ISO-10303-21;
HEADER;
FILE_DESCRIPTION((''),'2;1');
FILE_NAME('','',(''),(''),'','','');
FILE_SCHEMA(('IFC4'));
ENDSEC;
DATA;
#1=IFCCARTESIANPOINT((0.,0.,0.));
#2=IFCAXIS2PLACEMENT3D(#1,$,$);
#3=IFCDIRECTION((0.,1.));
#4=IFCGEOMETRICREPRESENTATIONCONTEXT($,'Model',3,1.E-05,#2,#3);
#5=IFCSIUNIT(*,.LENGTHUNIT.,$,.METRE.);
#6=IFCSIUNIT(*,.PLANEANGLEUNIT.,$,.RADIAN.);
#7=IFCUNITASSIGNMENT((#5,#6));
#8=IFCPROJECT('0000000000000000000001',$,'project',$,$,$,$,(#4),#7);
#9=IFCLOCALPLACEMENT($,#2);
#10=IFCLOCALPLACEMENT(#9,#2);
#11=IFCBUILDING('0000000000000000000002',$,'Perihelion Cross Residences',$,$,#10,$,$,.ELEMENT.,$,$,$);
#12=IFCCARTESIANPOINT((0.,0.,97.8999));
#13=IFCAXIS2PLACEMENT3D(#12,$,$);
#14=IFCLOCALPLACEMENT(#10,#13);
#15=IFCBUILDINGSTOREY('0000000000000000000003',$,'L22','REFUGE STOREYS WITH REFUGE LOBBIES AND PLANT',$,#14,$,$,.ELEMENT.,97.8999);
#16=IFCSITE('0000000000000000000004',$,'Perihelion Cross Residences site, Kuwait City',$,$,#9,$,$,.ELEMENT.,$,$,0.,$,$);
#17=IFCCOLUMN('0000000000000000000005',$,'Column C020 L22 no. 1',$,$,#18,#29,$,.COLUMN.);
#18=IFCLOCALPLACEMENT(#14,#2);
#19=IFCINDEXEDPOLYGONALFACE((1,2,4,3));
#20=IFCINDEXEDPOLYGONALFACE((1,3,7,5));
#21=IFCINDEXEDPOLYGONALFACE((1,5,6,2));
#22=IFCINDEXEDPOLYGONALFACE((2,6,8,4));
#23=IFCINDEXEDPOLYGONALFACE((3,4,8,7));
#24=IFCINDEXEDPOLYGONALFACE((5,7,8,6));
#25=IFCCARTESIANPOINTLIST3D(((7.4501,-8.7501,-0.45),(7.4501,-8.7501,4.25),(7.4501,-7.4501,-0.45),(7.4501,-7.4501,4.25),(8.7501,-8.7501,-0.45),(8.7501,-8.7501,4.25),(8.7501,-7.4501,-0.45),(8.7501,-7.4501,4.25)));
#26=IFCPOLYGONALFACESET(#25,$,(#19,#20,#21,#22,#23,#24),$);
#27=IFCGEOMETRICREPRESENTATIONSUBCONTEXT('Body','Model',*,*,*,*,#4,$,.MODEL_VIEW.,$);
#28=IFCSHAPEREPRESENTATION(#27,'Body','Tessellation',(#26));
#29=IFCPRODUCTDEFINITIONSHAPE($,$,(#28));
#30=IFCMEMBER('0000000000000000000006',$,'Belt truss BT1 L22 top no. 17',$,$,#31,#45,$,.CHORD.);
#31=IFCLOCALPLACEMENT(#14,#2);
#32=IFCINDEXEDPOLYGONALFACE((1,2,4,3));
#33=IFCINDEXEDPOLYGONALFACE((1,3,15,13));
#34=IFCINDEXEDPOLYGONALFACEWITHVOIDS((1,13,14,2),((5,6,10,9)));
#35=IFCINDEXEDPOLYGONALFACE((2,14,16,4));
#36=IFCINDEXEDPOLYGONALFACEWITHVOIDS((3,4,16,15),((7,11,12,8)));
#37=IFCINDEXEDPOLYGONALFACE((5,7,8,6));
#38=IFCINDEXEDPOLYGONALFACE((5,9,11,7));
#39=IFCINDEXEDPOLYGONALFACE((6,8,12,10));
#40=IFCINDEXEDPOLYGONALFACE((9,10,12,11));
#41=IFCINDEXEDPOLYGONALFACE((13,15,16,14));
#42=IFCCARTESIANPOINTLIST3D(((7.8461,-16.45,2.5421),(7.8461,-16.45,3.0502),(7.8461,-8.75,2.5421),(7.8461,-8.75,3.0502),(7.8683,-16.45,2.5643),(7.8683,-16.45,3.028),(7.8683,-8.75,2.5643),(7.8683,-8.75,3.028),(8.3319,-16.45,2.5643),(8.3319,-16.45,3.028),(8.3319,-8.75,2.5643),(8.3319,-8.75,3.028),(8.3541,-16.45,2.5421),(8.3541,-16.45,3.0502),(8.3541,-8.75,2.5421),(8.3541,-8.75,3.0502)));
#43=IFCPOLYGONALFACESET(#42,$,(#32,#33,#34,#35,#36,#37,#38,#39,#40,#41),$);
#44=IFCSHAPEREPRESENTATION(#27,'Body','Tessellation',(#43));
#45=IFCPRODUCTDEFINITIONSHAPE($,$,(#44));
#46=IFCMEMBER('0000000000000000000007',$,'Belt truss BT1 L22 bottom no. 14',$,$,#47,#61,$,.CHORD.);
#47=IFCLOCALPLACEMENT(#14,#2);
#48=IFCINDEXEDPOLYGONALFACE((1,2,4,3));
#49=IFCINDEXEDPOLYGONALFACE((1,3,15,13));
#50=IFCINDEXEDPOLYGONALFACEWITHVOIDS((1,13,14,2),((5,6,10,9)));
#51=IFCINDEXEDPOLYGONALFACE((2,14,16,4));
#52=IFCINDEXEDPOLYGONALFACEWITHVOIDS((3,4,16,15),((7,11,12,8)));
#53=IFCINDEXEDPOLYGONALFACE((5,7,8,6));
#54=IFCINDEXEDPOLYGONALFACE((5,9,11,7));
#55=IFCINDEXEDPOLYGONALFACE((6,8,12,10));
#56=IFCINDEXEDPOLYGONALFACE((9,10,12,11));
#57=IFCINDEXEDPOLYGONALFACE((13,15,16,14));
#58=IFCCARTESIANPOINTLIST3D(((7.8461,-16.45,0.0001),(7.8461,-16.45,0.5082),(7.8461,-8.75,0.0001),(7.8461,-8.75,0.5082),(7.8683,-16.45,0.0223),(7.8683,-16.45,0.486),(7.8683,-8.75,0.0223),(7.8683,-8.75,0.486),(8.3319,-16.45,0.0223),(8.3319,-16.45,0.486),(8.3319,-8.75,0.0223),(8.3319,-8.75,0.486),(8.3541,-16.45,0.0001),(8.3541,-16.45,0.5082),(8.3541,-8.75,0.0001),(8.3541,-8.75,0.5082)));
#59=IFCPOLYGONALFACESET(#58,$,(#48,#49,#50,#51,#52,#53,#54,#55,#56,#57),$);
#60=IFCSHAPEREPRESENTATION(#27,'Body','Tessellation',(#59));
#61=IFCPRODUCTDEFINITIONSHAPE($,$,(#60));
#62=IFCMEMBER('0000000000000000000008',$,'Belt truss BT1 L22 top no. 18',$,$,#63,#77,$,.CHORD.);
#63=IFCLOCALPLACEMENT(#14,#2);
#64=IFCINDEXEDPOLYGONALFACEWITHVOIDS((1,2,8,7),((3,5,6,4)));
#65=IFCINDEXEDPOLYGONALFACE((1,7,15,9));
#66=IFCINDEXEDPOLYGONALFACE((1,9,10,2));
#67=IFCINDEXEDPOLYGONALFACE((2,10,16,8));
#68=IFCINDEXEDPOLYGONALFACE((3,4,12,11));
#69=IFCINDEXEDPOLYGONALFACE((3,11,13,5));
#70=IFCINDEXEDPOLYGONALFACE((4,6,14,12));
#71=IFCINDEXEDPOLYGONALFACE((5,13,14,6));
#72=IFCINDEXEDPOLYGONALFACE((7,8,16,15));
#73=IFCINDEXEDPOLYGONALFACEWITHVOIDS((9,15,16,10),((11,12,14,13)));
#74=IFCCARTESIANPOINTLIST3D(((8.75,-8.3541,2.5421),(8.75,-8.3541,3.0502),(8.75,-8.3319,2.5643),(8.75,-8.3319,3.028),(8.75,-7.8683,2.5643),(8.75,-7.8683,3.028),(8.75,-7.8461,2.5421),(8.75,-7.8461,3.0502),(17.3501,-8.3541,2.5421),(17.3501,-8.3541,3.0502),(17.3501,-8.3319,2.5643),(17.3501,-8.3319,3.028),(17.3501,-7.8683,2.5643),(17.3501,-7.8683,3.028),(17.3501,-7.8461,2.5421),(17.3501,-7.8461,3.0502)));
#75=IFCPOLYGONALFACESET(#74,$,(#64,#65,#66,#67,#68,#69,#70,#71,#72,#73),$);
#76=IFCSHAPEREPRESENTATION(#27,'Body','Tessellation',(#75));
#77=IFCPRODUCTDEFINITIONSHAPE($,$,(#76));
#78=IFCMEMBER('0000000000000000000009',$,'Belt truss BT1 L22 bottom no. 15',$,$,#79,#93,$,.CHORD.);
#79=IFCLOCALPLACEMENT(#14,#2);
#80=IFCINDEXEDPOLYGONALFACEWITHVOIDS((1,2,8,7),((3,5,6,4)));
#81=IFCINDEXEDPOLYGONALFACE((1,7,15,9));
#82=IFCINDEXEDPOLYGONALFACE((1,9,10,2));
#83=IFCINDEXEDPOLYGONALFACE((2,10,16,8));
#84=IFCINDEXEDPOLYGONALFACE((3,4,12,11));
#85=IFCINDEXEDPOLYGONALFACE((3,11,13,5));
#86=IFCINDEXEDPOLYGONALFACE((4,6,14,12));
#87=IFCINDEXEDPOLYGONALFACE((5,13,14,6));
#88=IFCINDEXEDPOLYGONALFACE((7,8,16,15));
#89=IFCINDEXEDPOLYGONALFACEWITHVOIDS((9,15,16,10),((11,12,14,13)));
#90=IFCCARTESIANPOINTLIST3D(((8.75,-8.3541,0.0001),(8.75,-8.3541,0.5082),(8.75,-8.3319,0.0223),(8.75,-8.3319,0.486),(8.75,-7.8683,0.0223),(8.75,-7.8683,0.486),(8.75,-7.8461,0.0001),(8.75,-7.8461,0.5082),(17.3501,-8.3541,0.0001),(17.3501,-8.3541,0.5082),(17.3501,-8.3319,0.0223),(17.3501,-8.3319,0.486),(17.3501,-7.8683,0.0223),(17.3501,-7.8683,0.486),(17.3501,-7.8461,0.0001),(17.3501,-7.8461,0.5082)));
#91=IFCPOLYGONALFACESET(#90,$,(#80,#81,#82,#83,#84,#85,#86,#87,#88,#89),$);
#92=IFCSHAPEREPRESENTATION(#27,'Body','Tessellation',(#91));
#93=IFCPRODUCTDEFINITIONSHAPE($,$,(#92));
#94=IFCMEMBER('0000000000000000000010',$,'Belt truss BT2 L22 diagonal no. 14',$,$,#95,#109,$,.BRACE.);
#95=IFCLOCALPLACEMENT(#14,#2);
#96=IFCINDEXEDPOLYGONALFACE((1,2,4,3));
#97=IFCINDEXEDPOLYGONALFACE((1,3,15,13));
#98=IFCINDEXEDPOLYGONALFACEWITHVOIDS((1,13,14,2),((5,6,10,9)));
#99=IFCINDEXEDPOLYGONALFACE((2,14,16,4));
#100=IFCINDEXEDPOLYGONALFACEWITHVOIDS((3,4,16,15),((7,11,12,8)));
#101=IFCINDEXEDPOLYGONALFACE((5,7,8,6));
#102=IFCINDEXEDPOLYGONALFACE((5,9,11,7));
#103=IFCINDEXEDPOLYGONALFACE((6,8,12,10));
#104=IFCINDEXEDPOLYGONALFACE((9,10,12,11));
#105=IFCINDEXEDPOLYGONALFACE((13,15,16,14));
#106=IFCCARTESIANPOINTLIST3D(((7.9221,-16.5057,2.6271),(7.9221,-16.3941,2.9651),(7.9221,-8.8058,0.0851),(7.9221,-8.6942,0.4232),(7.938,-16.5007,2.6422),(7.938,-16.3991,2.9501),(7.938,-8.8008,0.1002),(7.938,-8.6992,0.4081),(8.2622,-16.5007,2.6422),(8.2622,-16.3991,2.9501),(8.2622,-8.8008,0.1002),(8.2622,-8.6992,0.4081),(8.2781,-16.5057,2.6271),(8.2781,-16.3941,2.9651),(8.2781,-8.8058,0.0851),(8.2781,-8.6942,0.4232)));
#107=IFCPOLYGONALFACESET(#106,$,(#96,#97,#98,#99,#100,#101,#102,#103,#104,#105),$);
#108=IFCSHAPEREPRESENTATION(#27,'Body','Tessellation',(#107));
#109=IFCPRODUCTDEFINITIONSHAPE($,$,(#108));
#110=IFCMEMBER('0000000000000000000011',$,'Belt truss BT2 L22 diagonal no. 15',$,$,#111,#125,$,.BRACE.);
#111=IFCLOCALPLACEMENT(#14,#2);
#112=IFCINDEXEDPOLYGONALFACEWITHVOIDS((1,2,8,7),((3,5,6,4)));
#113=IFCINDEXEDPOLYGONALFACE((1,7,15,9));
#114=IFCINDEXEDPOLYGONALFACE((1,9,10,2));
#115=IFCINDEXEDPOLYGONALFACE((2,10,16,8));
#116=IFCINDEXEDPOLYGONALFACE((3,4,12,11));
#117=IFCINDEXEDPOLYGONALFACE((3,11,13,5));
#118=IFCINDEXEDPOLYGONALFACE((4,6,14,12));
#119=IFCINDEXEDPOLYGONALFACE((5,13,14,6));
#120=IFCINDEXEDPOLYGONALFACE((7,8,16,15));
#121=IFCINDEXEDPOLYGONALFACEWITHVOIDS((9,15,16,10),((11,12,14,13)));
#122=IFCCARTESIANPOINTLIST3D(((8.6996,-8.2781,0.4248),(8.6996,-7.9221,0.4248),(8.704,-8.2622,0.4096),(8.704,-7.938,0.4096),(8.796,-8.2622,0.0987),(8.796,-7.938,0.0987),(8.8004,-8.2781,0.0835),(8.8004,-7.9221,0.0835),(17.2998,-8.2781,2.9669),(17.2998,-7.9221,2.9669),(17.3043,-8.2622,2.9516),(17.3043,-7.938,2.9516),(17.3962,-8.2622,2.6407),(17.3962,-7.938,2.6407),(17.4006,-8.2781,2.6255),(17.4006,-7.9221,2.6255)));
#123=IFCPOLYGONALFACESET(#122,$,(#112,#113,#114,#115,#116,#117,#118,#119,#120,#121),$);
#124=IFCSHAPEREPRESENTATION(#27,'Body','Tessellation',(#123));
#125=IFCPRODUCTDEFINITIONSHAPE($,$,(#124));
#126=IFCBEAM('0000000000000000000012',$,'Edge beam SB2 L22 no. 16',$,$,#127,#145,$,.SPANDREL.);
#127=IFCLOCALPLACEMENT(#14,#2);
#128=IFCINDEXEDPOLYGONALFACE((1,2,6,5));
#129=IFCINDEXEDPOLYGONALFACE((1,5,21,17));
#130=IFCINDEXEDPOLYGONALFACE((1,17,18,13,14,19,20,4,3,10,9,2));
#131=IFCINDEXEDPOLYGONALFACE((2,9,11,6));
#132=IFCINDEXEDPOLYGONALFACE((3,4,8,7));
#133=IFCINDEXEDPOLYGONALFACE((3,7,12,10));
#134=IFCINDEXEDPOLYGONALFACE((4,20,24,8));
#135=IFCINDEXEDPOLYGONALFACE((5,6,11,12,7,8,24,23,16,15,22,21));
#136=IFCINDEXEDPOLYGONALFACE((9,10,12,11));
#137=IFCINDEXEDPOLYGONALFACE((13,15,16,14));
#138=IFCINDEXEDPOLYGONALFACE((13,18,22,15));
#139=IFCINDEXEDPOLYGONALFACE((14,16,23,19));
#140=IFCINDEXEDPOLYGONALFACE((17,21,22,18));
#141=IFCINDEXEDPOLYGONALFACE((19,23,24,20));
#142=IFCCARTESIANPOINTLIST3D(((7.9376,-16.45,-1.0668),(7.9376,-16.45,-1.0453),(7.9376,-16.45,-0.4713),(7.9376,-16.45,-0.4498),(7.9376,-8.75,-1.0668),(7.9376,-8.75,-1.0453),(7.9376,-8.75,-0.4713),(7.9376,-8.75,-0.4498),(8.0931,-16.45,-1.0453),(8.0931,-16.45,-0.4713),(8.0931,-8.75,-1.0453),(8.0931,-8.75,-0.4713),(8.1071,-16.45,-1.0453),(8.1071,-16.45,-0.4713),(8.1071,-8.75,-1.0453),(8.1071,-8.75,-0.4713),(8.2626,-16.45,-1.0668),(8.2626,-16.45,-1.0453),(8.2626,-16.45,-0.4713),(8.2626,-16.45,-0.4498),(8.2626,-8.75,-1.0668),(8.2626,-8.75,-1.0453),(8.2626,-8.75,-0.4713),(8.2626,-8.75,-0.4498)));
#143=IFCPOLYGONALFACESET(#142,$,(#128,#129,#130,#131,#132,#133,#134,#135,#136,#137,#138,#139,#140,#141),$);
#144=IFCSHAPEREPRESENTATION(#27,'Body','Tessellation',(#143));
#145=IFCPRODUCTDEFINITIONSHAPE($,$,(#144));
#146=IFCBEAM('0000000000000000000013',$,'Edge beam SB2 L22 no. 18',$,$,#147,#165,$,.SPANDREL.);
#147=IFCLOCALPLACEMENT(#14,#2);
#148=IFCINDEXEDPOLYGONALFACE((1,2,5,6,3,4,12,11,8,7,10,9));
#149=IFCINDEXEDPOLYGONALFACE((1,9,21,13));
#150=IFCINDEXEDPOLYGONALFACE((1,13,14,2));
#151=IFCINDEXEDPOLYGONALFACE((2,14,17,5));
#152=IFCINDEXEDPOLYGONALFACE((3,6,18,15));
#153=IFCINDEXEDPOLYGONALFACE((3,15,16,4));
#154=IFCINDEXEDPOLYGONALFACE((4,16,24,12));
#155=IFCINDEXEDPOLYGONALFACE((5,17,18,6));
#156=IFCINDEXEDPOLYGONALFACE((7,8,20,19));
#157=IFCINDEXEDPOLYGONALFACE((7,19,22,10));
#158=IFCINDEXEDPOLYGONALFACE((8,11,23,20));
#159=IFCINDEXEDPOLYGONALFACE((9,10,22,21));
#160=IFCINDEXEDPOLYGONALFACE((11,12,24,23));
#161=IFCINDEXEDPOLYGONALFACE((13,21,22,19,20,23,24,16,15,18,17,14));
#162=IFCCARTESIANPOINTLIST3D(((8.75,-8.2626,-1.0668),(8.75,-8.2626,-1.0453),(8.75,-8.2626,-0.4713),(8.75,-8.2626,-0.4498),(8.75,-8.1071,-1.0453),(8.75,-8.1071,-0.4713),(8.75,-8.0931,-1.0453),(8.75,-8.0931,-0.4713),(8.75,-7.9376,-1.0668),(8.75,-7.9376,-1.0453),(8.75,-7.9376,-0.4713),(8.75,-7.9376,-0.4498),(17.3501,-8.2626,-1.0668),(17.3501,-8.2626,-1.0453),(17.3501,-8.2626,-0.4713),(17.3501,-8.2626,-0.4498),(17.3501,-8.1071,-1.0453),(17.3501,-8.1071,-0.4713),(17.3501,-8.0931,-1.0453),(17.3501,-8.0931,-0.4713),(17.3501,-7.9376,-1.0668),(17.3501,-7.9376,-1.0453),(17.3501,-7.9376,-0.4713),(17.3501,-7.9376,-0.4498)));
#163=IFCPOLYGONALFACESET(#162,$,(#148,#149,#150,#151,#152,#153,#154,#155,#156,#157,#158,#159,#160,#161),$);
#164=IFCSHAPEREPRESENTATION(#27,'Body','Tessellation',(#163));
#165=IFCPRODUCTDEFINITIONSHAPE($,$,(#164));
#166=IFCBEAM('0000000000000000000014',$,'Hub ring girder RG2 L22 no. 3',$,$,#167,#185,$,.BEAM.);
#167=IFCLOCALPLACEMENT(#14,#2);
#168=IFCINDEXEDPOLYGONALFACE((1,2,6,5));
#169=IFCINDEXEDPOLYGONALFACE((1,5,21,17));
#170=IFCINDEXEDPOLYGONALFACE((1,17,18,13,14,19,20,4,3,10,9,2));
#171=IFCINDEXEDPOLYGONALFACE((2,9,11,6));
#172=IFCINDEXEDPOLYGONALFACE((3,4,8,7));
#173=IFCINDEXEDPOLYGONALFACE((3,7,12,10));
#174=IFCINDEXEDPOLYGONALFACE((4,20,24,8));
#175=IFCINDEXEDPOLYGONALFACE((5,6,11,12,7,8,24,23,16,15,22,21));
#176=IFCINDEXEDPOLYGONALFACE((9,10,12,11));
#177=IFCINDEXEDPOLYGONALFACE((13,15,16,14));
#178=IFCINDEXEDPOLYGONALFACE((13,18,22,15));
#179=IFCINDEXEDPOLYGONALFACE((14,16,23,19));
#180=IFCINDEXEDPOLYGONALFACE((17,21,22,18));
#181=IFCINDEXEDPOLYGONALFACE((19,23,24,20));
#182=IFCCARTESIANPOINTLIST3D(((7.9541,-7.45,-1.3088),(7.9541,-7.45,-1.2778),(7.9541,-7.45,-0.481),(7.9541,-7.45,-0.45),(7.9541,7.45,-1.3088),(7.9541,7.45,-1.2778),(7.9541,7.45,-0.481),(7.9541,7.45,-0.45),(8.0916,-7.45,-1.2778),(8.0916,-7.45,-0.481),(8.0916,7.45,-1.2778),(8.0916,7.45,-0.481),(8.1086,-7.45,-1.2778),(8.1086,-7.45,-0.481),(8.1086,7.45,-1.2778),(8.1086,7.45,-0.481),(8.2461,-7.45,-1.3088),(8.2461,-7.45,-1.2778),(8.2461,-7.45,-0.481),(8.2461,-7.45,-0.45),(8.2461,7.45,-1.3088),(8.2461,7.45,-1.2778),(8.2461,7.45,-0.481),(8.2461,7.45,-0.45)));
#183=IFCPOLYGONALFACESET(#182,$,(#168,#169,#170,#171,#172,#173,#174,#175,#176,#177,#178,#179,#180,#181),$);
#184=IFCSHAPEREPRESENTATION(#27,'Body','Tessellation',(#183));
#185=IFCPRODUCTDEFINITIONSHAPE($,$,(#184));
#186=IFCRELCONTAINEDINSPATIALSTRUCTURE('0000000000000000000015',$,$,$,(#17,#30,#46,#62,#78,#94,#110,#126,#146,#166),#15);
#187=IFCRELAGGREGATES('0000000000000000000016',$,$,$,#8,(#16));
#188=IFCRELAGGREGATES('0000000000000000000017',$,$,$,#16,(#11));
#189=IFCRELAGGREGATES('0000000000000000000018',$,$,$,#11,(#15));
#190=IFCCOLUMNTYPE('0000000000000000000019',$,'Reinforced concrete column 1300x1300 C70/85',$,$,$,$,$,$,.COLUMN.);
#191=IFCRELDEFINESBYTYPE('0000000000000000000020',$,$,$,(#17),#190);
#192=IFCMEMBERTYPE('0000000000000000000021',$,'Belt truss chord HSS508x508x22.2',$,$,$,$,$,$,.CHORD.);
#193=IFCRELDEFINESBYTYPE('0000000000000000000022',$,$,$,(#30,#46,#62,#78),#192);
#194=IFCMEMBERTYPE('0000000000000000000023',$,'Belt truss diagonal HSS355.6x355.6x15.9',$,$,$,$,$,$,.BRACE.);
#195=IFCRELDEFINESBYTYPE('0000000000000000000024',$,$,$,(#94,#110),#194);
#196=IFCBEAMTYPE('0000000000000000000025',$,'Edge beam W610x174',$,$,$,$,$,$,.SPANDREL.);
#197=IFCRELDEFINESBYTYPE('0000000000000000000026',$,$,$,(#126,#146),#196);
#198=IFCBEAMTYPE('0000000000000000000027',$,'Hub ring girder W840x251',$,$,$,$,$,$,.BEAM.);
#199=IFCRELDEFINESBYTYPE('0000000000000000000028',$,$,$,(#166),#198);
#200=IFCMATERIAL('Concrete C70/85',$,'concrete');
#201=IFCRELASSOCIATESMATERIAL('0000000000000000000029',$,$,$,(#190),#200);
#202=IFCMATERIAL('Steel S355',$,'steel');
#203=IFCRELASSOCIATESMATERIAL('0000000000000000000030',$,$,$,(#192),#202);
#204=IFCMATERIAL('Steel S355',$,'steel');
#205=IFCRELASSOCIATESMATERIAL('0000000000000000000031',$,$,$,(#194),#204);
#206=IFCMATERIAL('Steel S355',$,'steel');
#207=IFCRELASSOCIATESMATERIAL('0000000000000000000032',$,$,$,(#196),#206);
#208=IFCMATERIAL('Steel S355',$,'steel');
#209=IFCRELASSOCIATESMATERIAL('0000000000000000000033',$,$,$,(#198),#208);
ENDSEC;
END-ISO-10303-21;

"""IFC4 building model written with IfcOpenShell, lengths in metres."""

from ifc_helpers import new_model, si_unit, direction, frame, origin, origin_2d, place, context, subcontext, project, spatial, rectangle, hollow_rectangle, i_section, extrude, material, material_profile, profile_set, type_object, element, save


model = new_model("IFC4")

# Units and contexts
model_context = context("Model", 3, precision=1e-05, world=origin(), true_north=direction((0.0, 1.0)))
body_context = subcontext(model_context, "Body", "Model", "MODEL_VIEW")
ifc_project = project(units=[si_unit("LENGTHUNIT", "METRE"), si_unit("PLANEANGLEUNIT", "RADIAN")], contexts=[model_context])

# Site, building, storey
site_placement = place(None, origin())
site = spatial("IfcSite", under=ifc_project, at=site_placement, Name="Perihelion Cross Residences site, Kuwait City", CompositionType="ELEMENT", RefElevation=0.0)
building_placement = place(site_placement, origin())
building = spatial("IfcBuilding", under=site, at=building_placement, Name="Perihelion Cross Residences", CompositionType="ELEMENT")
storey_placement = place(building_placement, frame((0.0, 0.0, 97.8999)))
storey = spatial("IfcBuildingStorey", under=building, at=storey_placement, Name="L22", Description="REFUGE STOREYS WITH REFUGE LOBBIES AND PLANT", CompositionType="ELEMENT", Elevation=97.8999)

# Column
ifc_material_1 = material(Name="Concrete C70/85", Category="concrete")
ifc_material_profile_1 = material_profile(ifc_material_1, rectangle(XDim=1.3, YDim=1.3, at=origin_2d()), Name="RC 1300x1300")
ifc_profile_set_1 = profile_set([ifc_material_profile_1], Name="Concrete C70/85")
column_type = type_object("IfcColumnType", Name="Reinforced concrete column 1300x1300 C70/85", PredefinedType="COLUMN", material=ifc_profile_set_1)
column_placement = place(storey_placement, frame((8.1001, -8.1001, -0.45), z_axis=(0.0, 0.0, 1.0), x_axis=(1.0, 0.0, 0.0)))
element("IfcColumn", 1, at=column_placement, inside=storey, type_object=column_type, Name="Column C020 L22 no. 1", PredefinedType="COLUMN", context=body_context, shape_type="SweptSolid", body=[
    extrude(rectangle(XDim=1.3, YDim=1.3, at=origin_2d()), origin(), (0.0, 0.0, 1.0), 4.7),
])

# Members
ifc_material_2 = material(Name="Steel S355", Category="steel")
ifc_material_profile_2 = material_profile(ifc_material_2, hollow_rectangle(XDim=0.5081, YDim=0.5081, WallThickness=0.0222, at=origin_2d()), Name="HSS508x508x22.2")
ifc_profile_set_2 = profile_set([ifc_material_profile_2], Name="Steel S355")
member_type_1 = type_object("IfcMemberType", Name="Belt truss chord HSS508x508x22.2", PredefinedType="CHORD", material=ifc_profile_set_2)
for number, where, z_axis, x_axis, name in (
    (2, (8.1001, -16.45, 2.7961), (0.0, 1.0, 0.0), (-1.0, 0.0, 0.0), "Belt truss BT1 L22 top no. 17"),
    (3, (8.1001, -16.45, 0.2542), (0.0, 1.0, 0.0), (-1.0, 0.0, 0.0), "Belt truss BT1 L22 bottom no. 14"),
):
    element("IfcMember", number, at=place(storey_placement, frame(where, z_axis=z_axis, x_axis=x_axis)), inside=storey, type_object=member_type_1, Name=name, PredefinedType="CHORD", context=body_context, shape_type="SweptSolid", body=[
        extrude(hollow_rectangle(XDim=0.5081, YDim=0.5081, WallThickness=0.0222, at=origin_2d()), origin(), (0.0, 0.0, 1.0), 7.7),
    ])
for number, where, z_axis, x_axis, name in (
    (4, (8.75, -8.1001, 2.7961), (1.0, 0.0, 0.0), (0.0, 1.0, 0.0), "Belt truss BT1 L22 top no. 18"),
    (5, (8.75, -8.1001, 0.2542), (1.0, 0.0, 0.0), (0.0, 1.0, 0.0), "Belt truss BT1 L22 bottom no. 15"),
):
    element("IfcMember", number, at=place(storey_placement, frame(where, z_axis=z_axis, x_axis=x_axis)), inside=storey, type_object=member_type_1, Name=name, PredefinedType="CHORD", context=body_context, shape_type="SweptSolid", body=[
        extrude(hollow_rectangle(XDim=0.5081, YDim=0.5081, WallThickness=0.0222, at=origin_2d()), origin(), (0.0, 0.0, 1.0), 8.6001),
    ])
ifc_material_3 = material(Name="Steel S355", Category="steel")
ifc_material_profile_3 = material_profile(ifc_material_3, hollow_rectangle(XDim=0.356, YDim=0.356, WallThickness=0.0159, at=origin_2d()), Name="HSS355.6x355.6x15.9")
ifc_profile_set_3 = profile_set([ifc_material_profile_3], Name="Steel S355")
member_type_2 = type_object("IfcMemberType", Name="Belt truss diagonal HSS355.6x355.6x15.9", PredefinedType="BRACE", material=ifc_profile_set_3)
member_1_placement = place(storey_placement, frame((8.1001, -8.75, 0.2542), z_axis=(0.0, -0.949592, 0.31349), x_axis=(1.0, 0.0, 0.0)))
element("IfcMember", 6, at=member_1_placement, inside=storey, type_object=member_type_2, Name="Belt truss BT2 L22 diagonal no. 14", PredefinedType="BRACE", context=body_context, shape_type="SweptSolid", body=[
    extrude(hollow_rectangle(XDim=0.356, YDim=0.356, WallThickness=0.0159, at=origin_2d()), origin(), (0.0, 0.0, 1.0), 8.1086),
])
member_2_placement = place(storey_placement, frame((8.75, -8.1001, 0.2542), z_axis=(0.958986, 0.0, 0.283454), x_axis=(0.0, 1.0, 0.0)))
element("IfcMember", 7, at=member_2_placement, inside=storey, type_object=member_type_2, Name="Belt truss BT2 L22 diagonal no. 15", PredefinedType="BRACE", context=body_context, shape_type="SweptSolid", body=[
    extrude(hollow_rectangle(XDim=0.356, YDim=0.356, WallThickness=0.0159, at=origin_2d()), origin(), (0.0, 0.0, 1.0), 8.968),
])

# Beams
ifc_material_4 = material(Name="Steel S355", Category="steel")
ifc_material_profile_4 = material_profile(ifc_material_4, i_section(OverallWidth=0.325, OverallDepth=0.6169, WebThickness=0.0139, FlangeThickness=0.0215, at=origin_2d()), Name="W610x174")
ifc_profile_set_4 = profile_set([ifc_material_profile_4], Name="Steel S355")
beam_type_1 = type_object("IfcBeamType", Name="Edge beam W610x174", PredefinedType="SPANDREL", material=ifc_profile_set_4)
beam_1_placement = place(storey_placement, frame((8.1001, -16.45, -0.7583), z_axis=(0.0, 1.0, 0.0), x_axis=(-1.0, 0.0, 0.0)))
element("IfcBeam", 8, at=beam_1_placement, inside=storey, type_object=beam_type_1, Name="Edge beam SB2 L22 no. 16", PredefinedType="SPANDREL", context=body_context, shape_type="SweptSolid", body=[
    extrude(i_section(OverallWidth=0.325, OverallDepth=0.6169, WebThickness=0.0139, FlangeThickness=0.0215, at=origin_2d()), origin(), (0.0, 0.0, 1.0), 7.7),
])
beam_2_placement = place(storey_placement, frame((8.75, -8.1001, -0.7583), z_axis=(1.0, 0.0, 0.0), x_axis=(0.0, 1.0, 0.0)))
element("IfcBeam", 9, at=beam_2_placement, inside=storey, type_object=beam_type_1, Name="Edge beam SB2 L22 no. 18", PredefinedType="SPANDREL", context=body_context, shape_type="SweptSolid", body=[
    extrude(i_section(OverallWidth=0.325, OverallDepth=0.6169, WebThickness=0.0139, FlangeThickness=0.0215, at=origin_2d()), origin(), (0.0, 0.0, 1.0), 8.6001),
])
ifc_material_5 = material(Name="Steel S355", Category="steel")
ifc_material_profile_5 = material_profile(ifc_material_5, i_section(OverallWidth=0.292, OverallDepth=0.8589, WebThickness=0.0171, FlangeThickness=0.031, at=origin_2d()), Name="W840x251")
ifc_profile_set_5 = profile_set([ifc_material_profile_5], Name="Steel S355")
beam_type_2 = type_object("IfcBeamType", Name="Hub ring girder W840x251", PredefinedType="BEAM", material=ifc_profile_set_5)
beam_3_placement = place(storey_placement, frame((8.1001, -7.45, -0.8794), z_axis=(0.0, 1.0, 0.0), x_axis=(-1.0, 0.0, 0.0)))
element("IfcBeam", 10, at=beam_3_placement, inside=storey, type_object=beam_type_2, Name="Hub ring girder RG2 L22 no. 3", PredefinedType="BEAM", context=body_context, shape_type="SweptSolid", body=[
    extrude(i_section(OverallWidth=0.292, OverallDepth=0.8589, WebThickness=0.0171, FlangeThickness=0.031, at=origin_2d()), origin(), (0.0, 0.0, 1.0), 14.8999),
])

save(model, "model.ifc")
